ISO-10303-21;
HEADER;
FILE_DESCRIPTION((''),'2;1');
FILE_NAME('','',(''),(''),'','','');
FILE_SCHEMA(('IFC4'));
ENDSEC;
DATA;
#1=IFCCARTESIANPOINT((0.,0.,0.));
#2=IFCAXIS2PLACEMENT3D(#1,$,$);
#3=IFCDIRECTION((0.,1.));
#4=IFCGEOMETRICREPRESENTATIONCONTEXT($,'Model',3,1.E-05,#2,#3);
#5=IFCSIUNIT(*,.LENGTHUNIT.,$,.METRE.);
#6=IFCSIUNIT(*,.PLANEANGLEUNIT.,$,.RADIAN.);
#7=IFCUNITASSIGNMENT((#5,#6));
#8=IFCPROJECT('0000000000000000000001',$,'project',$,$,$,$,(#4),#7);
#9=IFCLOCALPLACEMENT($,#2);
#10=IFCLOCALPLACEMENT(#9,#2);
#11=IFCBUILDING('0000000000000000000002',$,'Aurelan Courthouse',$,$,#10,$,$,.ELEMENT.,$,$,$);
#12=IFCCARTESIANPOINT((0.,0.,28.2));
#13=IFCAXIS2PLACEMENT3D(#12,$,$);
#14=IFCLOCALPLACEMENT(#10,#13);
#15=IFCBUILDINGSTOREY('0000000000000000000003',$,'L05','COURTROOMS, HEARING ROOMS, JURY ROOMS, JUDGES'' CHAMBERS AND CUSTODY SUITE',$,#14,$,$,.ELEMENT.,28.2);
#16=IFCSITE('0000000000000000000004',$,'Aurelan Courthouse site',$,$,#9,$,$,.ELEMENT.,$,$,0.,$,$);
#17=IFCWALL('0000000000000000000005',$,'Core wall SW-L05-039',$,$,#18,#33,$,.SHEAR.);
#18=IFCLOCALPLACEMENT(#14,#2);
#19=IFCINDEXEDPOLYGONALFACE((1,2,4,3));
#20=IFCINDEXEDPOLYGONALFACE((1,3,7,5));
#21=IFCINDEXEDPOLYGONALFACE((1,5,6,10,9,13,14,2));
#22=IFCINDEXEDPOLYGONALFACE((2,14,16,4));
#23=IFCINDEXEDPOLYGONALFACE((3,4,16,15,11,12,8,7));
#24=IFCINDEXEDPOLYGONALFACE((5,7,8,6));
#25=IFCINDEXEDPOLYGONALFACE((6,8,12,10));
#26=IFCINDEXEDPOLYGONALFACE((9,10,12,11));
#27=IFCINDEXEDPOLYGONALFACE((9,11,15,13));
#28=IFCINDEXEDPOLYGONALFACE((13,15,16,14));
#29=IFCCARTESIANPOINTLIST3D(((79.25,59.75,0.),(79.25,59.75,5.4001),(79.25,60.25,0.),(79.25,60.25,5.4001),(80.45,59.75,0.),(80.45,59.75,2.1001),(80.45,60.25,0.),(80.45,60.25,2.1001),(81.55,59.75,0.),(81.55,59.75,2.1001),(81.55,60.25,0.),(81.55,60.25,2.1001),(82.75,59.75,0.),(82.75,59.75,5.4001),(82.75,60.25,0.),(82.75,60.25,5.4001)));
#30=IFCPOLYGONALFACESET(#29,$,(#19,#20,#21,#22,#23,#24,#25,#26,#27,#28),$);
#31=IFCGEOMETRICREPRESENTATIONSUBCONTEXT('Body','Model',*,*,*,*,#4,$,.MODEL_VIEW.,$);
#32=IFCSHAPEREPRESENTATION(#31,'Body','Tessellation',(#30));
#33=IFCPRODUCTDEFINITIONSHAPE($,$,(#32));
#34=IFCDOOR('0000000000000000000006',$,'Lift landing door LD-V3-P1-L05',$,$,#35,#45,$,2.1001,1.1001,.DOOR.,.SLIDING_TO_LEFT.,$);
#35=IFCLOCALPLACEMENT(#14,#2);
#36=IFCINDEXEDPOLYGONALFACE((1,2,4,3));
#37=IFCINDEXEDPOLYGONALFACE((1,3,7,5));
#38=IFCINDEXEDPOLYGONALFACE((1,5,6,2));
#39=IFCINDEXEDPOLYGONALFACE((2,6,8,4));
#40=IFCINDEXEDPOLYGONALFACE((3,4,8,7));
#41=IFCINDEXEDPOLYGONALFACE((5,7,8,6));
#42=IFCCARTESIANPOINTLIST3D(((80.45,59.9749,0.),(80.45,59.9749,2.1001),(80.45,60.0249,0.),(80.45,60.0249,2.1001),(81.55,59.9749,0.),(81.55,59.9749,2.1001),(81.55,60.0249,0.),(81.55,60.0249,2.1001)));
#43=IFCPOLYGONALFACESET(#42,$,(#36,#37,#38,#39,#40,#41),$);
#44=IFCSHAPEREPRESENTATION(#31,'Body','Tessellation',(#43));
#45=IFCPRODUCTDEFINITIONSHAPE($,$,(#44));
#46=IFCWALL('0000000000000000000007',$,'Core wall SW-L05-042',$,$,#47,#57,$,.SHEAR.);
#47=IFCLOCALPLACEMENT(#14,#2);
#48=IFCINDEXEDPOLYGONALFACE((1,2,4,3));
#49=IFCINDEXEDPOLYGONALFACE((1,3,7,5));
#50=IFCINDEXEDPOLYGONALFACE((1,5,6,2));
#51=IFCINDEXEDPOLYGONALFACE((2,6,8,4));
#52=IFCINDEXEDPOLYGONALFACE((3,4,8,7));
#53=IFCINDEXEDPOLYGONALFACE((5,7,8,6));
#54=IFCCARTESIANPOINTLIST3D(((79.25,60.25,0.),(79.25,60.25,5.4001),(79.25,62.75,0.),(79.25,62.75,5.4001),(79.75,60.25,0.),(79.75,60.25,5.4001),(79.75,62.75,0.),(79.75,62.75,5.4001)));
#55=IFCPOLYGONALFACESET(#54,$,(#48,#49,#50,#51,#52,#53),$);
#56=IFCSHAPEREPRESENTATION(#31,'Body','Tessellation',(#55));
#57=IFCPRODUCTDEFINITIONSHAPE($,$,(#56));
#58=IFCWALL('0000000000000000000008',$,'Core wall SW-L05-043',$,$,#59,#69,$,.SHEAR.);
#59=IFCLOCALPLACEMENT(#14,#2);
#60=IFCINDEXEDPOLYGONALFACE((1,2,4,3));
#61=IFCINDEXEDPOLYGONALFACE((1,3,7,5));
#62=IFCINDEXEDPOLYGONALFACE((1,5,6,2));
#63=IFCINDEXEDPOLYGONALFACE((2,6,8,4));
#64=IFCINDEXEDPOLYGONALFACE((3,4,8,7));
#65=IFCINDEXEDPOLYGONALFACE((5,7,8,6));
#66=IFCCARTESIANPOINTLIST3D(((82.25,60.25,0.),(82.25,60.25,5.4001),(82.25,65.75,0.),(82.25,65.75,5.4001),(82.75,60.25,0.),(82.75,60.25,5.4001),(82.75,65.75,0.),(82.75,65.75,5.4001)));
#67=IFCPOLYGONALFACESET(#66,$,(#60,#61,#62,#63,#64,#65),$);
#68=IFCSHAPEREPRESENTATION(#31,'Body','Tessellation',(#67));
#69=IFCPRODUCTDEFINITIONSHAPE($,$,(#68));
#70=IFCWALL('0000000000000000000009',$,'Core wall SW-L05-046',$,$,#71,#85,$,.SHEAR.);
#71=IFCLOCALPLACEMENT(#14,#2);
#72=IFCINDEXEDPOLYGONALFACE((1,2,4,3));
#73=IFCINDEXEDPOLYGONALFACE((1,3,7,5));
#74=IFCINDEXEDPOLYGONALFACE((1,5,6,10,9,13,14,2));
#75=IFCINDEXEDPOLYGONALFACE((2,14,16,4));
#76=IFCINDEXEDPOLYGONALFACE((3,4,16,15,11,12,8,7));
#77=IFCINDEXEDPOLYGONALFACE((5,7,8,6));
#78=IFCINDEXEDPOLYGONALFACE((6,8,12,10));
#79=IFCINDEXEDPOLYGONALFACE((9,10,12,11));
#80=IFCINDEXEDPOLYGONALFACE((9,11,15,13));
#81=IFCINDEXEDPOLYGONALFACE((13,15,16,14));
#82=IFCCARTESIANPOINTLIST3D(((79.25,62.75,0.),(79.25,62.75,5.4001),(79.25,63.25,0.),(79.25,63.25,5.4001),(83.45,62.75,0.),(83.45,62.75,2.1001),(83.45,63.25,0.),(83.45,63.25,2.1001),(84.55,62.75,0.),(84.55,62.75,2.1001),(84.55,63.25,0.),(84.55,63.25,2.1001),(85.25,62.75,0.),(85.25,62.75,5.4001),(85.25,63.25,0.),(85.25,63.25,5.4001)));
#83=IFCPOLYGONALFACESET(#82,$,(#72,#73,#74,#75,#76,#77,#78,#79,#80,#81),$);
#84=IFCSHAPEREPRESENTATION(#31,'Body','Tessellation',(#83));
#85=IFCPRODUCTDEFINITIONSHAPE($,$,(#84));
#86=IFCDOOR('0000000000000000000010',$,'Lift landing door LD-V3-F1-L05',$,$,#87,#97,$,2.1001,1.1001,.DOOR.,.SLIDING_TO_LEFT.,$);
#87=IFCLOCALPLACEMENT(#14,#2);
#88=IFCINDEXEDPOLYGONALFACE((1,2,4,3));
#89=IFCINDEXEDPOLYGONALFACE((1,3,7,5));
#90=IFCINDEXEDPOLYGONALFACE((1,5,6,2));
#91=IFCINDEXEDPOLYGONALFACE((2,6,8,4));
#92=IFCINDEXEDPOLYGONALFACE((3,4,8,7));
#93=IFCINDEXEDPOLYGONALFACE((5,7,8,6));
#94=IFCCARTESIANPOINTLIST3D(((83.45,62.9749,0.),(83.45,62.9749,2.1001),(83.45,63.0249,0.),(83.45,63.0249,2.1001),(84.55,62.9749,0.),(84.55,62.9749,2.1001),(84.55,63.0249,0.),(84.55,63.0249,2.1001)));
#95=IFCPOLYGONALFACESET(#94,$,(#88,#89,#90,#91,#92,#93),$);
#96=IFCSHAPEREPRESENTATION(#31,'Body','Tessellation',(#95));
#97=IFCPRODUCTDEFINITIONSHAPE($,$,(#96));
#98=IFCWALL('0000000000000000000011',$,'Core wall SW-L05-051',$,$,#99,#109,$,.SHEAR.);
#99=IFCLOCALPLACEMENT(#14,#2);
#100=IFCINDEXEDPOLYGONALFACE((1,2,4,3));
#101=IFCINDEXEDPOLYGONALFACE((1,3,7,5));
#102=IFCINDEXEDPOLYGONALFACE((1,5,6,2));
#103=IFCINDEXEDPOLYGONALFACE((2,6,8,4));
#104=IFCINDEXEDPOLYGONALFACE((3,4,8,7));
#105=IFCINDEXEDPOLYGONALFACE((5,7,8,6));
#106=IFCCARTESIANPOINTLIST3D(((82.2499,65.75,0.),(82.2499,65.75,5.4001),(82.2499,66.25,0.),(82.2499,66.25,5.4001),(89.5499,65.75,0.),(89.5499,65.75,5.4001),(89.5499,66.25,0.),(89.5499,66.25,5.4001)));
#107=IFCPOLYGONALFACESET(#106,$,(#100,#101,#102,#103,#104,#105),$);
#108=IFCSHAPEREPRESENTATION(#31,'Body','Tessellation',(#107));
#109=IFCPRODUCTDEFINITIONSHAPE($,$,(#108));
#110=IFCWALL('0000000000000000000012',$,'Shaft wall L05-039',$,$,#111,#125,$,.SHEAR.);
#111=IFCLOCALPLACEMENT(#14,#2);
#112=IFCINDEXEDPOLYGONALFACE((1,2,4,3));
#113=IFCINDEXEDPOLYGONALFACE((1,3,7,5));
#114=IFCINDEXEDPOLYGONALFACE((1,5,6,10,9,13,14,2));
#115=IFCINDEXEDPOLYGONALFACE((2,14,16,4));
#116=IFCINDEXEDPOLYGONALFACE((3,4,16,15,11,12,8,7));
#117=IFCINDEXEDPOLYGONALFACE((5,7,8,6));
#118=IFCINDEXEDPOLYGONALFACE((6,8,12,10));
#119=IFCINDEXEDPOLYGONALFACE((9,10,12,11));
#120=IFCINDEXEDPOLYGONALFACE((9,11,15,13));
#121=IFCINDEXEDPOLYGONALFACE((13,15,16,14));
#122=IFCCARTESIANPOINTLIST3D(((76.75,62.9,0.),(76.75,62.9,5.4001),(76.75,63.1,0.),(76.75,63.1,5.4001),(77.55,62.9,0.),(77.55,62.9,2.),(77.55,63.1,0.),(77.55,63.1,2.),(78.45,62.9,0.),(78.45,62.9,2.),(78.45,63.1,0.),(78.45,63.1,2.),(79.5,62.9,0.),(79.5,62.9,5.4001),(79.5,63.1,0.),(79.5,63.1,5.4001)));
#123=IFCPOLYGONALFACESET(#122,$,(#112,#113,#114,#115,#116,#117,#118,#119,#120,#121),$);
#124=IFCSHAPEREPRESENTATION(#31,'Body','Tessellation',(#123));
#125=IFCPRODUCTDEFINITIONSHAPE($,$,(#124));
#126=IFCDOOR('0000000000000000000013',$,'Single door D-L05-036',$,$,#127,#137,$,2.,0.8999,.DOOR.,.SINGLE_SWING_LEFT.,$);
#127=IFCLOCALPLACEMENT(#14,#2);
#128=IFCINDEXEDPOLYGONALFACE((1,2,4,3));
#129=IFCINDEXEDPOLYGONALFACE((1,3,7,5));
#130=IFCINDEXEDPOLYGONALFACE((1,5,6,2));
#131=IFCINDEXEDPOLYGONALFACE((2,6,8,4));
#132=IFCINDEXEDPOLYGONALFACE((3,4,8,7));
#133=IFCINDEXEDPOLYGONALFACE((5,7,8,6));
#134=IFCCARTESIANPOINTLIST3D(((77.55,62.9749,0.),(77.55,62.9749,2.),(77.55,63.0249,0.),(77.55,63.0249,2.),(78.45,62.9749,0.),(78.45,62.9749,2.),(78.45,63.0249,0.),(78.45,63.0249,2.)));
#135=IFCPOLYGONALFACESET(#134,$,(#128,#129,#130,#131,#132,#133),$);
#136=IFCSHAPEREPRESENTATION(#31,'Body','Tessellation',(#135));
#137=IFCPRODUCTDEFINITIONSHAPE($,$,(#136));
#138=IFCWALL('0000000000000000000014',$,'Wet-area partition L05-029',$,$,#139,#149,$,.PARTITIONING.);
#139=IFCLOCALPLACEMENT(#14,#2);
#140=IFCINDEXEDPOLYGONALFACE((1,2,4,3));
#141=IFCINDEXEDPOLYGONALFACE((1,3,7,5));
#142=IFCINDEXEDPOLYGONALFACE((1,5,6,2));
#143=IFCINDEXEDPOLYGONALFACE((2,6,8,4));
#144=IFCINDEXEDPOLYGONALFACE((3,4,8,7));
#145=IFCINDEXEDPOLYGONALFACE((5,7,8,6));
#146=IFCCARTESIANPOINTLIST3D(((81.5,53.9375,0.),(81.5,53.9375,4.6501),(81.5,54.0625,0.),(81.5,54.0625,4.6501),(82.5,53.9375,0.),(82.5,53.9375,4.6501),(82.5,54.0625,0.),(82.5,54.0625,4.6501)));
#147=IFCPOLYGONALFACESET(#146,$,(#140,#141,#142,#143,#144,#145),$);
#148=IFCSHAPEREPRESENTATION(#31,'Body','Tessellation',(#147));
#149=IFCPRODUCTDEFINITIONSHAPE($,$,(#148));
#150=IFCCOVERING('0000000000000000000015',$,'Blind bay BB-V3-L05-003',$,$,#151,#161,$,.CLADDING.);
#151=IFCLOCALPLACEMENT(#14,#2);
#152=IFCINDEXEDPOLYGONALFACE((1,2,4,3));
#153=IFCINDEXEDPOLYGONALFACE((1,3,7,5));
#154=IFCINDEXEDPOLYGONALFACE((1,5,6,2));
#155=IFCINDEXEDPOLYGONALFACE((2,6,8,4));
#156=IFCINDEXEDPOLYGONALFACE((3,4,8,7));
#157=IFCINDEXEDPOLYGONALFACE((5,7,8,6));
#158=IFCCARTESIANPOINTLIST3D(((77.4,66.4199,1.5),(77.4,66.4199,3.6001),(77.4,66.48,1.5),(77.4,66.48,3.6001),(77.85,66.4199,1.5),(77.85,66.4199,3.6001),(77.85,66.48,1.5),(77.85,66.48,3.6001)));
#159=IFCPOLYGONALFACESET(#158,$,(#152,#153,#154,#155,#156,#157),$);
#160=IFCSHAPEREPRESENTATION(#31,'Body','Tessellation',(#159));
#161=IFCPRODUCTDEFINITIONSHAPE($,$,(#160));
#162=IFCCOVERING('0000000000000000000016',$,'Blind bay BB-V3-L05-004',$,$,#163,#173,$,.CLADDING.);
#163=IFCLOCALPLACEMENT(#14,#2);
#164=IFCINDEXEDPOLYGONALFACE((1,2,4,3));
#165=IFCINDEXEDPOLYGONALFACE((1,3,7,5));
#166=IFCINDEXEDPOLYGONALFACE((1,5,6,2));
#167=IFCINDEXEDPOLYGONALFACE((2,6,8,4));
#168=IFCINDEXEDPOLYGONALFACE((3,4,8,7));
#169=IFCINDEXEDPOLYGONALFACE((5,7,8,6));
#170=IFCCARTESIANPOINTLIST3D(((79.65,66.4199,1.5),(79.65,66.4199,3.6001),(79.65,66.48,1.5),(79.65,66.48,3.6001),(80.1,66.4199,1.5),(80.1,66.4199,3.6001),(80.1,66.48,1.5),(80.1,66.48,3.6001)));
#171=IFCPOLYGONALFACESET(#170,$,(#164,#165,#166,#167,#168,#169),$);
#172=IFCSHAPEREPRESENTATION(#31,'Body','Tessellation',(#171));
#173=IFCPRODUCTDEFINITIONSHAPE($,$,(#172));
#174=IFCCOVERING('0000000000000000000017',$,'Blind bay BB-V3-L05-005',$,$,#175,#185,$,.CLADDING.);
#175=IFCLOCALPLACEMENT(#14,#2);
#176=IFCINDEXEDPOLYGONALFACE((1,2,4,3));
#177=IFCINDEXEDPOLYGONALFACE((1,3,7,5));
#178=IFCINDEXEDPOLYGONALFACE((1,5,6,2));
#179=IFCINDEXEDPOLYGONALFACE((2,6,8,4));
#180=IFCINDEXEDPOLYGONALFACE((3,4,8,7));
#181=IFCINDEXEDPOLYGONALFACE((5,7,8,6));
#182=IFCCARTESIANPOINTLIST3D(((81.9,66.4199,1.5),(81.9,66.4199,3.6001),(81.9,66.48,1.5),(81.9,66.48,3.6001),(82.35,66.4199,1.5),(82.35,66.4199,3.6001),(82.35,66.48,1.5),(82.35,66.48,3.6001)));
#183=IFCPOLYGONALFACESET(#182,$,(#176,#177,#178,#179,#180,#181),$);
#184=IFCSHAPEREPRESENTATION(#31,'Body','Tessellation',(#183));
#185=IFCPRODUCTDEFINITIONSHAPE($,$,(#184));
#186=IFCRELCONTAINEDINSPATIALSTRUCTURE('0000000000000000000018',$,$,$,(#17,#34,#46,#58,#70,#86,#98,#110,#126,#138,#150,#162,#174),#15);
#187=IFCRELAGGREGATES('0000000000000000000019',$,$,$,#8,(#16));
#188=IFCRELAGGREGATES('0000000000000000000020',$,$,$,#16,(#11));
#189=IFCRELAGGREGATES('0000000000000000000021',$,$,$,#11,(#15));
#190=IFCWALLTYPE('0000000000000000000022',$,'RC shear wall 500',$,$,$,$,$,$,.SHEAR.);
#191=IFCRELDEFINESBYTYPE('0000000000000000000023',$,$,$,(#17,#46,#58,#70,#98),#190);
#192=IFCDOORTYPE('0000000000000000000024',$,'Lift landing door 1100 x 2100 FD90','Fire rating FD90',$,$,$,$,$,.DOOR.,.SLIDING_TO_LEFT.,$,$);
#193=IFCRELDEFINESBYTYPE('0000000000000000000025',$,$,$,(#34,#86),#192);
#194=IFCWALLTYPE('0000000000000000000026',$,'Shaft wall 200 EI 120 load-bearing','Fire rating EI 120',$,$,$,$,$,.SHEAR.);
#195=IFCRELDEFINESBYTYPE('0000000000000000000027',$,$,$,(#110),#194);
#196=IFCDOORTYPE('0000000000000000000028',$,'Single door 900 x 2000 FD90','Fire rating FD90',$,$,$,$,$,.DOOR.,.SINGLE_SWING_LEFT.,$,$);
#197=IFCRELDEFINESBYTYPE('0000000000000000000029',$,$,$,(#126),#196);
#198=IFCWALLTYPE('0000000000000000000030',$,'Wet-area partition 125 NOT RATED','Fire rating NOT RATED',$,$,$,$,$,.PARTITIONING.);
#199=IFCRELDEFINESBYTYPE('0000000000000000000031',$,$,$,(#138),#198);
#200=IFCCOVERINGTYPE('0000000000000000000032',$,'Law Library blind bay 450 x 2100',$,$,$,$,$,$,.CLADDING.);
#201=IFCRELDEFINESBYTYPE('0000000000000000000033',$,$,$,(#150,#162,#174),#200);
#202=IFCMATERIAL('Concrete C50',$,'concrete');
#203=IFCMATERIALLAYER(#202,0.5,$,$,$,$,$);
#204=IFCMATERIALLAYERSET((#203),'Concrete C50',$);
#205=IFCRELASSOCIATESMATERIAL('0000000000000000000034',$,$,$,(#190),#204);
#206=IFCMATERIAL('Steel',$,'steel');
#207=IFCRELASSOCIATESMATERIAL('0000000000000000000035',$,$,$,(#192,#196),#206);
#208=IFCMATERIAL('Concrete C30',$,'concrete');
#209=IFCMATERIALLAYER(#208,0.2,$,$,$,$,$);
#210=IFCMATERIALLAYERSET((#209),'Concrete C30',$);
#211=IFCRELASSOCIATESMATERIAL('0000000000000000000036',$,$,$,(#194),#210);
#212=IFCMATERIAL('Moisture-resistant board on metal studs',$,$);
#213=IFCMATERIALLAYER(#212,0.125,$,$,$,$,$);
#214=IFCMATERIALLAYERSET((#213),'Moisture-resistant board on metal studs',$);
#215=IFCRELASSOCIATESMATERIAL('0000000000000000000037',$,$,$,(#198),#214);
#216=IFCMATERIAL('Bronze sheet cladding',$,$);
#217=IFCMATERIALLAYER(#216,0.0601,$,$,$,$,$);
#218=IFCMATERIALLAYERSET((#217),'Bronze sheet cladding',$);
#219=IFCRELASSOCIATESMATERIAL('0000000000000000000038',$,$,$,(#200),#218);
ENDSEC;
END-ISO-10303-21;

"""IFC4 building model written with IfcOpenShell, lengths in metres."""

from ifc_helpers import new_model, si_unit, direction, frame, frame_2d, origin, origin_2d, place, context, subcontext, project, spatial, rectangle, extrude, material, layer, layer_set, type_object, element, fill, save


model = new_model("IFC4")

# Units and contexts
model_context = context("Model", 3, precision=1e-05, world=origin(), true_north=direction((0.0, 1.0)))
body_context = subcontext(model_context, "Body", "Model", "MODEL_VIEW")
ifc_project = project(units=[si_unit("LENGTHUNIT", "METRE"), si_unit("PLANEANGLEUNIT", "RADIAN")], contexts=[model_context])

# Site, building, storey
site_placement = place(None, origin())
site = spatial("IfcSite", under=ifc_project, at=site_placement, Name="Aurelan Courthouse site", CompositionType="ELEMENT", RefElevation=0.0)
building_placement = place(site_placement, origin())
building = spatial("IfcBuilding", under=site, at=building_placement, Name="Aurelan Courthouse", CompositionType="ELEMENT")
storey_placement = place(building_placement, frame((0.0, 0.0, 28.2)))
storey = spatial("IfcBuildingStorey", under=building, at=storey_placement, Name="L05", Description="COURTROOMS, HEARING ROOMS, JURY ROOMS, JUDGES' CHAMBERS AND CUSTODY SUITE", CompositionType="ELEMENT", Elevation=28.2)

# Shared definitions
ifc_material_1 = material(Name="Concrete C50", Category="concrete")

# Shared definitions
ifc_material_2 = material(Name="Steel", Category="steel")

# Shared definitions
ifc_material_3 = material(Name="Concrete C30", Category="concrete")

# Wall, opening, door
ifc_layer_1 = layer(ifc_material_1, 0.5)
ifc_layer_set_1 = layer_set([ifc_layer_1], Name="Concrete C50")
wall_type_1 = type_object("IfcWallType", Name="RC shear wall 500", PredefinedType="SHEAR", material=ifc_layer_set_1)
wall_1_placement = place(storey_placement, frame((79.25, 60.0, 0.0), z_axis=(0.0, 0.0, 1.0), x_axis=(1.0, 0.0, 0.0)))
wall_1 = element("IfcWall", 1, at=wall_1_placement, inside=storey, type_object=wall_type_1, Name="Core wall SW-L05-039", PredefinedType="SHEAR", context=body_context, shape_type="SweptSolid", body=[
    extrude(rectangle(XDim=3.5, YDim=0.5, at=frame_2d((1.75, 0.0))), origin(), (0.0, 0.0, 1.0), 5.4001),
])
opening_1_placement = place(wall_1_placement, frame((1.2, 0.0, 0.0)))
opening_1 = element("IfcOpeningElement", 2, at=opening_1_placement, cuts=wall_1, PredefinedType="OPENING", context=body_context, shape_type="SweptSolid", body=[
    extrude(rectangle(XDim=1.1001, YDim=2.1001, at=frame_2d((0.55, 1.05))), frame((0.0, 0.26, 0.0), z_axis=(0.0, -1.0, 0.0), x_axis=(1.0, 0.0, 0.0)), (0.0, 0.0, 1.0), 0.52),
])
door_type_1 = type_object("IfcDoorType", Name="Lift landing door 1100 x 2100 FD90", Description="Fire rating FD90", OperationType="SLIDING_TO_LEFT", PredefinedType="DOOR", material=ifc_material_2)
door_1_placement = place(opening_1_placement, origin())
door_1 = element("IfcDoor", 3, at=door_1_placement, inside=storey, type_object=door_type_1, Name="Lift landing door LD-V3-P1-L05", OperationType="SLIDING_TO_LEFT", OverallHeight=2.1001, OverallWidth=1.1001, PredefinedType="DOOR", context=body_context, shape_type="SweptSolid", body=[
    extrude(rectangle(XDim=1.1001, YDim=2.1001, at=frame_2d((0.55, 1.05))), frame((0.0, 0.0249, 0.0), z_axis=(0.0, -1.0, 0.0), x_axis=(1.0, 0.0, 0.0)), (0.0, 0.0, 1.0), 0.05),
])
fill(opening_1, door_1)

# Walls
wall_2_placement = place(storey_placement, frame((79.5, 60.25, 0.0), z_axis=(0.0, 0.0, 1.0), x_axis=(0.0, 1.0, 0.0)))
element("IfcWall", 4, at=wall_2_placement, inside=storey, type_object=wall_type_1, Name="Core wall SW-L05-042", PredefinedType="SHEAR", context=body_context, shape_type="SweptSolid", body=[
    extrude(rectangle(XDim=2.5, YDim=0.5, at=frame_2d((1.25, 0.0))), origin(), (0.0, 0.0, 1.0), 5.4001),
])
wall_3_placement = place(storey_placement, frame((82.5, 60.25, 0.0), z_axis=(0.0, 0.0, 1.0), x_axis=(0.0, 1.0, 0.0)))
element("IfcWall", 5, at=wall_3_placement, inside=storey, type_object=wall_type_1, Name="Core wall SW-L05-043", PredefinedType="SHEAR", context=body_context, shape_type="SweptSolid", body=[
    extrude(rectangle(XDim=5.5, YDim=0.5, at=frame_2d((2.75, 0.0))), origin(), (0.0, 0.0, 1.0), 5.4001),
])

# Wall, opening, door
wall_4_placement = place(storey_placement, frame((79.25, 63.0, 0.0), z_axis=(0.0, 0.0, 1.0), x_axis=(1.0, 0.0, 0.0)))
wall_4 = element("IfcWall", 6, at=wall_4_placement, inside=storey, type_object=wall_type_1, Name="Core wall SW-L05-046", PredefinedType="SHEAR", context=body_context, shape_type="SweptSolid", body=[
    extrude(rectangle(XDim=6.0, YDim=0.5, at=frame_2d((3.0, 0.0))), origin(), (0.0, 0.0, 1.0), 5.4001),
])
opening_2_placement = place(wall_4_placement, frame((4.2, 0.0, 0.0)))
opening_2 = element("IfcOpeningElement", 7, at=opening_2_placement, cuts=wall_4, PredefinedType="OPENING", context=body_context, shape_type="SweptSolid", body=[
    extrude(rectangle(XDim=1.1001, YDim=2.1001, at=frame_2d((0.55, 1.05))), frame((0.0, 0.26, 0.0), z_axis=(0.0, -1.0, 0.0), x_axis=(1.0, 0.0, 0.0)), (0.0, 0.0, 1.0), 0.52),
])
door_2_placement = place(opening_2_placement, origin())
door_2 = element("IfcDoor", 8, at=door_2_placement, inside=storey, type_object=door_type_1, Name="Lift landing door LD-V3-F1-L05", OperationType="SLIDING_TO_LEFT", OverallHeight=2.1001, OverallWidth=1.1001, PredefinedType="DOOR", context=body_context, shape_type="SweptSolid", body=[
    extrude(rectangle(XDim=1.1001, YDim=2.1001, at=frame_2d((0.55, 1.05))), frame((0.0, 0.0249, 0.0), z_axis=(0.0, -1.0, 0.0), x_axis=(1.0, 0.0, 0.0)), (0.0, 0.0, 1.0), 0.05),
])
fill(opening_2, door_2)

# Wall
wall_5_placement = place(storey_placement, frame((82.25, 66.0, 0.0), z_axis=(0.0, 0.0, 1.0), x_axis=(1.0, 0.0, 0.0)))
element("IfcWall", 9, at=wall_5_placement, inside=storey, type_object=wall_type_1, Name="Core wall SW-L05-051", PredefinedType="SHEAR", context=body_context, shape_type="SweptSolid", body=[
    extrude(rectangle(XDim=7.3, YDim=0.5, at=frame_2d((3.6499, 0.0))), origin(), (0.0, 0.0, 1.0), 5.4001),
])

# Wall, opening, door
ifc_layer_2 = layer(ifc_material_3, 0.2)
ifc_layer_set_2 = layer_set([ifc_layer_2], Name="Concrete C30")
wall_type_2 = type_object("IfcWallType", Name="Shaft wall 200 EI 120 load-bearing", Description="Fire rating EI 120", PredefinedType="SHEAR", material=ifc_layer_set_2)
wall_6_placement = place(storey_placement, frame((76.75, 63.0, 0.0), z_axis=(0.0, 0.0, 1.0), x_axis=(1.0, 0.0, 0.0)))
wall_6 = element("IfcWall", 10, at=wall_6_placement, inside=storey, type_object=wall_type_2, Name="Shaft wall L05-039", PredefinedType="SHEAR", context=body_context, shape_type="SweptSolid", body=[
    extrude(rectangle(XDim=2.75, YDim=0.2, at=frame_2d((1.375, 0.0))), origin(), (0.0, 0.0, 1.0), 5.4001),
])
opening_3_placement = place(wall_6_placement, frame((0.8, 0.0, 0.0)))
opening_3 = element("IfcOpeningElement", 11, at=opening_3_placement, cuts=wall_6, PredefinedType="OPENING", context=body_context, shape_type="SweptSolid", body=[
    extrude(rectangle(XDim=0.8999, YDim=2.0, at=frame_2d((0.45, 1.0))), frame((0.0, 0.1099, 0.0), z_axis=(0.0, -1.0, 0.0), x_axis=(1.0, 0.0, 0.0)), (0.0, 0.0, 1.0), 0.22),
])
door_type_2 = type_object("IfcDoorType", Name="Single door 900 x 2000 FD90", Description="Fire rating FD90", OperationType="SINGLE_SWING_LEFT", PredefinedType="DOOR", material=ifc_material_2)
door_3_placement = place(opening_3_placement, origin())
door_3 = element("IfcDoor", 12, at=door_3_placement, inside=storey, type_object=door_type_2, Name="Single door D-L05-036", OperationType="SINGLE_SWING_LEFT", OverallHeight=2.0, OverallWidth=0.8999, PredefinedType="DOOR", context=body_context, shape_type="SweptSolid", body=[
    extrude(rectangle(XDim=0.8999, YDim=2.0, at=frame_2d((0.45, 1.0))), frame((0.0, 0.0249, 0.0), z_axis=(0.0, -1.0, 0.0), x_axis=(1.0, 0.0, 0.0)), (0.0, 0.0, 1.0), 0.05),
])
fill(opening_3, door_3)

# Wall
ifc_material_4 = material(Name="Moisture-resistant board on metal studs")
ifc_layer_3 = layer(ifc_material_4, 0.125)
ifc_layer_set_3 = layer_set([ifc_layer_3], Name="Moisture-resistant board on metal studs")
wall_type_3 = type_object("IfcWallType", Name="Wet-area partition 125 NOT RATED", Description="Fire rating NOT RATED", PredefinedType="PARTITIONING", material=ifc_layer_set_3)
wall_7_placement = place(storey_placement, frame((81.5, 54.0, 0.0), z_axis=(0.0, 0.0, 1.0), x_axis=(1.0, 0.0, 0.0)))
element("IfcWall", 13, at=wall_7_placement, inside=storey, type_object=wall_type_3, Name="Wet-area partition L05-029", PredefinedType="PARTITIONING", context=body_context, shape_type="SweptSolid", body=[
    extrude(rectangle(XDim=1.0, YDim=0.125, at=frame_2d((0.5, 0.0))), origin(), (0.0, 0.0, 1.0), 4.6501),
])

# Coverings
ifc_material_5 = material(Name="Bronze sheet cladding")
ifc_layer_4 = layer(ifc_material_5, 0.0601)
ifc_layer_set_4 = layer_set([ifc_layer_4], Name="Bronze sheet cladding")
covering_type = type_object("IfcCoveringType", Name="Law Library blind bay 450 x 2100", PredefinedType="CLADDING", material=ifc_layer_set_4)
for number, where, z_axis, x_axis, name in (
    (14, (77.625, 66.45, 1.5), (0.0, 0.0, 1.0), (1.0, 0.0, 0.0), "Blind bay BB-V3-L05-003"),
    (15, (79.875, 66.45, 1.5), (0.0, 0.0, 1.0), (1.0, 0.0, 0.0), "Blind bay BB-V3-L05-004"),
    (16, (82.125, 66.45, 1.5), (0.0, 0.0, 1.0), (1.0, 0.0, 0.0), "Blind bay BB-V3-L05-005"),
):
    element("IfcCovering", number, at=place(storey_placement, frame(where, z_axis=z_axis, x_axis=x_axis)), inside=storey, type_object=covering_type, Name=name, PredefinedType="CLADDING", context=body_context, shape_type="SweptSolid", body=[
        extrude(rectangle(XDim=0.45, YDim=0.0601, at=origin_2d()), origin(), (0.0, 0.0, 1.0), 2.1001),
    ])

save(model, "model.ifc")
